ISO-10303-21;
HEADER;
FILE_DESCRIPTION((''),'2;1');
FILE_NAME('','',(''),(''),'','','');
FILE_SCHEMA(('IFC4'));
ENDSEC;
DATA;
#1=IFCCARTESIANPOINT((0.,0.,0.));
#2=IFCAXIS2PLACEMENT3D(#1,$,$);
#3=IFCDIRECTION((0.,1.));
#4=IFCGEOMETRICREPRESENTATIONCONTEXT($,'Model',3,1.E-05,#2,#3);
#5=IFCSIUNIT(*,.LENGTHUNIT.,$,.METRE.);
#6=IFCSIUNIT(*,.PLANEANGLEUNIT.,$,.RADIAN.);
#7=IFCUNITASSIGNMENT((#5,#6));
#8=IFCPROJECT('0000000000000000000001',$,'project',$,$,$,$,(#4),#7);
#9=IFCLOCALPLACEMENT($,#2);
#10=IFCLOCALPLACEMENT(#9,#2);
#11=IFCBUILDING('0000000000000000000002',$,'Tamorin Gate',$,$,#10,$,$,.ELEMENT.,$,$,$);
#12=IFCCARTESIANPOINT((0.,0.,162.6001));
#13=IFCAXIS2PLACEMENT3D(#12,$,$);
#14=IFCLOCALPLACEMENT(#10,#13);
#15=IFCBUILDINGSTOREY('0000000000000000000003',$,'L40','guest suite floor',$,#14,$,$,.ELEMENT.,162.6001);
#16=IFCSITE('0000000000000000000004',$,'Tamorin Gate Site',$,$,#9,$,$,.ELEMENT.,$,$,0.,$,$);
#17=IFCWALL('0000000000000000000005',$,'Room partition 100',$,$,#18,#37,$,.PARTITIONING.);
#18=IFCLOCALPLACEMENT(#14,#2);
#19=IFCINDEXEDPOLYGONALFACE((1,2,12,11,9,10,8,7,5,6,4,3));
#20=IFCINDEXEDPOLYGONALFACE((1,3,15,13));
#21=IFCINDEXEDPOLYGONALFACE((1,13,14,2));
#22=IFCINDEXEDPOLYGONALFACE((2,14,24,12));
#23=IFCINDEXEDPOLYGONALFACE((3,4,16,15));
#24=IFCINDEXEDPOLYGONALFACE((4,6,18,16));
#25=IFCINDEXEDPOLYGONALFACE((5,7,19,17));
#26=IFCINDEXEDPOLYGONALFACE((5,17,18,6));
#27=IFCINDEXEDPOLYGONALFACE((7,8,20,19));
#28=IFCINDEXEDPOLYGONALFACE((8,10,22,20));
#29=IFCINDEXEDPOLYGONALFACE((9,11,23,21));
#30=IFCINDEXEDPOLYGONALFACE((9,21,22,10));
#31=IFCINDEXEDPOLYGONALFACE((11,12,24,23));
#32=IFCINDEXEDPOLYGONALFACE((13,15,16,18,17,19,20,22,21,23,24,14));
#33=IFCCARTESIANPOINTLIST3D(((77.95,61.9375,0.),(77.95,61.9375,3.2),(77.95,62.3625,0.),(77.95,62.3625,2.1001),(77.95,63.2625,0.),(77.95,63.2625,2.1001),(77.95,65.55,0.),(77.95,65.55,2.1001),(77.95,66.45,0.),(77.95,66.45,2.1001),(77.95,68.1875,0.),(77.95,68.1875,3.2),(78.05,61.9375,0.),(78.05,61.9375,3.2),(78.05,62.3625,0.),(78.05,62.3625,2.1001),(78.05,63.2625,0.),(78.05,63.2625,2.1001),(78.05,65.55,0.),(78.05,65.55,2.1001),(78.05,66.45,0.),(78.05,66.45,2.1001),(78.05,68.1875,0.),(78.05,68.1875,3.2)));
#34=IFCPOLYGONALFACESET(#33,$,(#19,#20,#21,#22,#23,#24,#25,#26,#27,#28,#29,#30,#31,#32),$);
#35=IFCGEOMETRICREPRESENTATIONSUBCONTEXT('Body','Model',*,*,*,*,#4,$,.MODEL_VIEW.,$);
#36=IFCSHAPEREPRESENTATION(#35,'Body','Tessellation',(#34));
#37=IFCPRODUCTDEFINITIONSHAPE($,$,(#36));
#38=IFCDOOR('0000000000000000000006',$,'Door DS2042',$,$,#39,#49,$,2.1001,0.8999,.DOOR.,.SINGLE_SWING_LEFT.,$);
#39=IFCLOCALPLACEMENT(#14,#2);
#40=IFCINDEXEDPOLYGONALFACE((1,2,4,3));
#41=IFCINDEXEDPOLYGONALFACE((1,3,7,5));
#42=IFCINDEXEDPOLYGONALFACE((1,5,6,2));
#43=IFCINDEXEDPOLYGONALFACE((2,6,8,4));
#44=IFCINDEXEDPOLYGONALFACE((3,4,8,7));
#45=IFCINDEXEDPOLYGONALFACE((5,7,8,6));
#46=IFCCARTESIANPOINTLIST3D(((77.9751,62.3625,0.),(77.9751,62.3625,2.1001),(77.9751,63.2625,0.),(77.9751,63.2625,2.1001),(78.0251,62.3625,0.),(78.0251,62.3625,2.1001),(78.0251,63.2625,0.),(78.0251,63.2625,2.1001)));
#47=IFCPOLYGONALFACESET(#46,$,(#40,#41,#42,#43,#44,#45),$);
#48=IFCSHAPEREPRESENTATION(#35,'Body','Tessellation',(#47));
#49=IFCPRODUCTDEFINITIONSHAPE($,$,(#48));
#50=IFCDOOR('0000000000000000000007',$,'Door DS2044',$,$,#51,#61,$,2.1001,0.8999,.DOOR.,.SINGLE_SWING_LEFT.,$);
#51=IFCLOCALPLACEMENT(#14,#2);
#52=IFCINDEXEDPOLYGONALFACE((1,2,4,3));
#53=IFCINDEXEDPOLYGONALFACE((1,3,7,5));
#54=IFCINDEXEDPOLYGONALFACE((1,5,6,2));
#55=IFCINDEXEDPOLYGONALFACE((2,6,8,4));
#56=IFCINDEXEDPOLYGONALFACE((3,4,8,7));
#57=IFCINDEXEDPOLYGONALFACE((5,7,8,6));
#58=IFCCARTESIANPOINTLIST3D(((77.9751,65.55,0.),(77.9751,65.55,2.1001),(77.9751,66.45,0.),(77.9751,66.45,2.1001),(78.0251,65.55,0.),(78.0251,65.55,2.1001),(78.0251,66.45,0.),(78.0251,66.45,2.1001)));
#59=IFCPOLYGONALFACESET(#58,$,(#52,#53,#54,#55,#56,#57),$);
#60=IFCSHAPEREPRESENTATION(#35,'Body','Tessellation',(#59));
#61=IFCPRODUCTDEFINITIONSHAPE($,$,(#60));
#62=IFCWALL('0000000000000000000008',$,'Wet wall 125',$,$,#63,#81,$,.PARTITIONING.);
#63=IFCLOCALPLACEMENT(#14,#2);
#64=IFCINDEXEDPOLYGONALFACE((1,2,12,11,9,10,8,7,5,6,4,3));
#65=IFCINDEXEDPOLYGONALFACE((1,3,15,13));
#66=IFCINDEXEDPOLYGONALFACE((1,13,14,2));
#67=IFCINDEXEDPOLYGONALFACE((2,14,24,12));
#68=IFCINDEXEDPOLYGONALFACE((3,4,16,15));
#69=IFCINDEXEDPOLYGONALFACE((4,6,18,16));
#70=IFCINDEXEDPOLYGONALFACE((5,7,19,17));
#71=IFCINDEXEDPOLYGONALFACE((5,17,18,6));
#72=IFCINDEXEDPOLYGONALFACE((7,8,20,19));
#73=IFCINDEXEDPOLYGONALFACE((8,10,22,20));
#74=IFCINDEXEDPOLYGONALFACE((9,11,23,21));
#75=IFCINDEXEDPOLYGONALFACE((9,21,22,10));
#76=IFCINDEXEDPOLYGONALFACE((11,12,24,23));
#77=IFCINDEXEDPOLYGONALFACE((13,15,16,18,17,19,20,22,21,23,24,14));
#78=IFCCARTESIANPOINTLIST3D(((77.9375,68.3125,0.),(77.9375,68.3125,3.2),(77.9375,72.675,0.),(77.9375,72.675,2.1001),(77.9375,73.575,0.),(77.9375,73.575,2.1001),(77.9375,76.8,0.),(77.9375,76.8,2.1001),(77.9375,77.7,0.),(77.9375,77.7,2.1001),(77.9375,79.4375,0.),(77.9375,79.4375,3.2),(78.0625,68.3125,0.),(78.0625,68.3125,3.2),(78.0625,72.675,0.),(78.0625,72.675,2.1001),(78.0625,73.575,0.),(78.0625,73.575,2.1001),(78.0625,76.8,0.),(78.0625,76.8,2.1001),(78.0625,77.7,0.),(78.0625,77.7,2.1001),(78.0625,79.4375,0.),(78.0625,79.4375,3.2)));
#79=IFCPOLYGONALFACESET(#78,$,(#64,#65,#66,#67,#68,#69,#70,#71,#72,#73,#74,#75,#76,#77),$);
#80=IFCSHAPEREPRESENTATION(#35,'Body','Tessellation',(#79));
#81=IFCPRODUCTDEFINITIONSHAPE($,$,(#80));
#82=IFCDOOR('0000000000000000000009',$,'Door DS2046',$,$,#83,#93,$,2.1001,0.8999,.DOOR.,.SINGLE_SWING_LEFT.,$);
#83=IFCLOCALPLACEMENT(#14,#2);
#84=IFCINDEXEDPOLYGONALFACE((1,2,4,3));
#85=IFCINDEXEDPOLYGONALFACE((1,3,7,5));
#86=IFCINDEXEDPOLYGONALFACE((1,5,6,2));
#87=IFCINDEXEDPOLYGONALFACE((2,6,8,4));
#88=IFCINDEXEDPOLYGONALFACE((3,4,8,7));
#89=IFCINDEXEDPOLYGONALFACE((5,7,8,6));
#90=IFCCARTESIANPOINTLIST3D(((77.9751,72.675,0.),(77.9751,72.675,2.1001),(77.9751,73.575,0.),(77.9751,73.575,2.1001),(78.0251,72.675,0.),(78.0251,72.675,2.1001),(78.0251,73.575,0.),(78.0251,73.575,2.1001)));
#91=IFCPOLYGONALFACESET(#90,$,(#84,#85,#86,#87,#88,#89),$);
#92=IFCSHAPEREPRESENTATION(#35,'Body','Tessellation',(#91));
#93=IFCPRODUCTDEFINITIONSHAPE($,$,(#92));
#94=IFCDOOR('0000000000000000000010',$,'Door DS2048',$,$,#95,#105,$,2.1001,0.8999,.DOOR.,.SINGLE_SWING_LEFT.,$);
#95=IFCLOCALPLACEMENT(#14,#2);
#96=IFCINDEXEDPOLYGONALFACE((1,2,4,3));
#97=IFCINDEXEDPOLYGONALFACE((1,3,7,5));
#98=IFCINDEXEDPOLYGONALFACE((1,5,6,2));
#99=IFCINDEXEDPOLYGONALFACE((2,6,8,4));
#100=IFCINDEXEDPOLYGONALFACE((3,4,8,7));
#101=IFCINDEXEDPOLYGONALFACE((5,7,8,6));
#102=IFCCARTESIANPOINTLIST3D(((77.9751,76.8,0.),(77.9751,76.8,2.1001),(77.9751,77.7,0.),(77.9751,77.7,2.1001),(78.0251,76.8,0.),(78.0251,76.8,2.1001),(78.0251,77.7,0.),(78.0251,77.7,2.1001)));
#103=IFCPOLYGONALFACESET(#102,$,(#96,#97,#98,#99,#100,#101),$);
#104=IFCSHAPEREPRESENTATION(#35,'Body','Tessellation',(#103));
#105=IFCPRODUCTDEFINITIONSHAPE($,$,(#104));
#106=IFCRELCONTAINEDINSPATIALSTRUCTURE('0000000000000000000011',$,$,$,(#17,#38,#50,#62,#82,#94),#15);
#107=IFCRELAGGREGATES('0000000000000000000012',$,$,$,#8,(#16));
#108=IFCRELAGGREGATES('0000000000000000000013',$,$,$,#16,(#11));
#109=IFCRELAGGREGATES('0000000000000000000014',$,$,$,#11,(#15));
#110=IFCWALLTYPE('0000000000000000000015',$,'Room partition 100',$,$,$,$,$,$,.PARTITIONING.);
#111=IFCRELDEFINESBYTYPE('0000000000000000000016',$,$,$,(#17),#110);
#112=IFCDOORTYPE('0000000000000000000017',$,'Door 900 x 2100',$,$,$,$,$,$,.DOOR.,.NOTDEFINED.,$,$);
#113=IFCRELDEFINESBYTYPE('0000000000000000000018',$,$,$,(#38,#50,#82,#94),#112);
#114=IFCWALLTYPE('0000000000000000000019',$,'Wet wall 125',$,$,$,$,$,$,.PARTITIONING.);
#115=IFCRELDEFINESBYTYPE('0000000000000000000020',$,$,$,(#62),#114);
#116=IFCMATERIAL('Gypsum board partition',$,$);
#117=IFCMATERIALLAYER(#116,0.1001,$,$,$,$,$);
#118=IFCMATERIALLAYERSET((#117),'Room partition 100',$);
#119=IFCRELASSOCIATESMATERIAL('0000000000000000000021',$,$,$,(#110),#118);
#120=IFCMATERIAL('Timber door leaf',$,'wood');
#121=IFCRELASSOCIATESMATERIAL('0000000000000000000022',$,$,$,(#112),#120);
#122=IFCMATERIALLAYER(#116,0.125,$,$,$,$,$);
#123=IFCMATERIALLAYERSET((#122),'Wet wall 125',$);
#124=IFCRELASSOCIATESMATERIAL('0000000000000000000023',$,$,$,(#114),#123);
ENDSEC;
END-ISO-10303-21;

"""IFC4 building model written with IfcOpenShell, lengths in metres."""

from ifc_helpers import new_model, si_unit, direction, frame, frame_2d, origin, place, context, subcontext, project, spatial, rectangle, extrude, material, layer, layer_set, type_object, element, fill, save


model = new_model("IFC4")

# Units and contexts
model_context = context("Model", 3, precision=1e-05, world=origin(), true_north=direction((0.0, 1.0)))
body_context = subcontext(model_context, "Body", "Model", "MODEL_VIEW")
ifc_project = project(units=[si_unit("LENGTHUNIT", "METRE"), si_unit("PLANEANGLEUNIT", "RADIAN")], contexts=[model_context])

# Site, building, storey
site_placement = place(None, origin())
site = spatial("IfcSite", under=ifc_project, at=site_placement, Name="Tamorin Gate Site", CompositionType="ELEMENT", RefElevation=0.0)
building_placement = place(site_placement, origin())
building = spatial("IfcBuilding", under=site, at=building_placement, Name="Tamorin Gate", CompositionType="ELEMENT")
storey_placement = place(building_placement, frame((0.0, 0.0, 162.6001)))
storey = spatial("IfcBuildingStorey", under=building, at=storey_placement, Name="L40", Description="guest suite floor", CompositionType="ELEMENT", Elevation=162.6001)

# Shared definitions
ifc_material_1 = material(Name="Gypsum board partition")

# Shared definitions
ifc_layer_1 = layer(ifc_material_1, 0.1001)
ifc_layer_set_1 = layer_set([ifc_layer_1], Name="Room partition 100")
wall_type_1 = type_object("IfcWallType", Name="Room partition 100", PredefinedType="PARTITIONING", material=ifc_layer_set_1)
ifc_material_2 = material(Name="Timber door leaf", Category="wood")
door_type = type_object("IfcDoorType", Name="Door 900 x 2100", OperationType="NOTDEFINED", PredefinedType="DOOR", material=ifc_material_2)

# Walls, openings, doors
wall_1_placement = place(storey_placement, frame((78.0, 61.9375, 0.0), z_axis=(0.0, 0.0, 1.0), x_axis=(0.0, 1.0, 0.0)))
wall_1 = element("IfcWall", 1, at=wall_1_placement, inside=storey, type_object=wall_type_1, Name="Room partition 100", PredefinedType="PARTITIONING", context=body_context, shape_type="SweptSolid", body=[
    extrude(rectangle(XDim=6.25, YDim=0.1001, at=frame_2d((3.125, 0.0))), origin(), (0.0, 0.0, 1.0), 3.2),
])
opening_1_placement = place(wall_1_placement, frame((0.425, 0.0, 0.0)))
opening_1 = element("IfcOpeningElement", 2, at=opening_1_placement, cuts=wall_1, PredefinedType="OPENING", context=body_context, shape_type="SweptSolid", body=[
    extrude(rectangle(XDim=0.8999, YDim=2.1001, at=frame_2d((0.45, 1.05))), frame((0.0, 0.0601, 0.0), z_axis=(0.0, -1.0, 0.0), x_axis=(1.0, 0.0, 0.0)), (0.0, 0.0, 1.0), 0.1201),
])
opening_2_placement = place(wall_1_placement, frame((3.6125, 0.0, 0.0)))
opening_2 = element("IfcOpeningElement", 3, at=opening_2_placement, cuts=wall_1, PredefinedType="OPENING", context=body_context, shape_type="SweptSolid", body=[
    extrude(rectangle(XDim=0.8999, YDim=2.1001, at=frame_2d((0.45, 1.05))), frame((0.0, 0.0601, 0.0), z_axis=(0.0, -1.0, 0.0), x_axis=(1.0, 0.0, 0.0)), (0.0, 0.0, 1.0), 0.1201),
])
door_1_placement = place(opening_1_placement, origin())
door_1 = element("IfcDoor", 4, at=door_1_placement, inside=storey, type_object=door_type, Name="Door DS2042", OperationType="SINGLE_SWING_LEFT", OverallHeight=2.1001, OverallWidth=0.8999, PredefinedType="DOOR", context=body_context, shape_type="SweptSolid", body=[
    extrude(rectangle(XDim=0.8999, YDim=2.1001, at=frame_2d((0.45, 1.05))), frame((0.0, 0.0249, 0.0), z_axis=(0.0, -1.0, 0.0), x_axis=(1.0, 0.0, 0.0)), (0.0, 0.0, 1.0), 0.05),
])
fill(opening_1, door_1)
door_2_placement = place(opening_2_placement, origin())
door_2 = element("IfcDoor", 5, at=door_2_placement, inside=storey, type_object=door_type, Name="Door DS2044", OperationType="SINGLE_SWING_LEFT", OverallHeight=2.1001, OverallWidth=0.8999, PredefinedType="DOOR", context=body_context, shape_type="SweptSolid", body=[
    extrude(rectangle(XDim=0.8999, YDim=2.1001, at=frame_2d((0.45, 1.05))), frame((0.0, 0.0249, 0.0), z_axis=(0.0, -1.0, 0.0), x_axis=(1.0, 0.0, 0.0)), (0.0, 0.0, 1.0), 0.05),
])
fill(opening_2, door_2)
ifc_layer_2 = layer(ifc_material_1, 0.125)
ifc_layer_set_2 = layer_set([ifc_layer_2], Name="Wet wall 125")
wall_type_2 = type_object("IfcWallType", Name="Wet wall 125", PredefinedType="PARTITIONING", material=ifc_layer_set_2)
wall_2_placement = place(storey_placement, frame((78.0, 68.3125, 0.0), z_axis=(0.0, 0.0, 1.0), x_axis=(0.0, 1.0, 0.0)))
wall_2 = element("IfcWall", 6, at=wall_2_placement, inside=storey, type_object=wall_type_2, Name="Wet wall 125", PredefinedType="PARTITIONING", context=body_context, shape_type="SweptSolid", body=[
    extrude(rectangle(XDim=11.125, YDim=0.125, at=frame_2d((5.5625, 0.0))), origin(), (0.0, 0.0, 1.0), 3.2),
])
opening_3_placement = place(wall_2_placement, frame((4.3625, 0.0, 0.0)))
opening_3 = element("IfcOpeningElement", 7, at=opening_3_placement, cuts=wall_2, PredefinedType="OPENING", context=body_context, shape_type="SweptSolid", body=[
    extrude(rectangle(XDim=0.8999, YDim=2.1001, at=frame_2d((0.45, 1.05))), frame((0.0, 0.0725, 0.0), z_axis=(0.0, -1.0, 0.0), x_axis=(1.0, 0.0, 0.0)), (0.0, 0.0, 1.0), 0.145),
])
opening_4_placement = place(wall_2_placement, frame((8.4875, 0.0, 0.0)))
opening_4 = element("IfcOpeningElement", 8, at=opening_4_placement, cuts=wall_2, PredefinedType="OPENING", context=body_context, shape_type="SweptSolid", body=[
    extrude(rectangle(XDim=0.8999, YDim=2.1001, at=frame_2d((0.45, 1.05))), frame((0.0, 0.0725, 0.0), z_axis=(0.0, -1.0, 0.0), x_axis=(1.0, 0.0, 0.0)), (0.0, 0.0, 1.0), 0.145),
])
door_3_placement = place(opening_3_placement, origin())
door_3 = element("IfcDoor", 9, at=door_3_placement, inside=storey, type_object=door_type, Name="Door DS2046", OperationType="SINGLE_SWING_LEFT", OverallHeight=2.1001, OverallWidth=0.8999, PredefinedType="DOOR", context=body_context, shape_type="SweptSolid", body=[
    extrude(rectangle(XDim=0.8999, YDim=2.1001, at=frame_2d((0.45, 1.05))), frame((0.0, 0.0249, 0.0), z_axis=(0.0, -1.0, 0.0), x_axis=(1.0, 0.0, 0.0)), (0.0, 0.0, 1.0), 0.05),
])
fill(opening_3, door_3)
door_4_placement = place(opening_4_placement, origin())
door_4 = element("IfcDoor", 10, at=door_4_placement, inside=storey, type_object=door_type, Name="Door DS2048", OperationType="SINGLE_SWING_LEFT", OverallHeight=2.1001, OverallWidth=0.8999, PredefinedType="DOOR", context=body_context, shape_type="SweptSolid", body=[
    extrude(rectangle(XDim=0.8999, YDim=2.1001, at=frame_2d((0.45, 1.05))), frame((0.0, 0.0249, 0.0), z_axis=(0.0, -1.0, 0.0), x_axis=(1.0, 0.0, 0.0)), (0.0, 0.0, 1.0), 0.05),
])
fill(opening_4, door_4)

save(model, "model.ifc")
